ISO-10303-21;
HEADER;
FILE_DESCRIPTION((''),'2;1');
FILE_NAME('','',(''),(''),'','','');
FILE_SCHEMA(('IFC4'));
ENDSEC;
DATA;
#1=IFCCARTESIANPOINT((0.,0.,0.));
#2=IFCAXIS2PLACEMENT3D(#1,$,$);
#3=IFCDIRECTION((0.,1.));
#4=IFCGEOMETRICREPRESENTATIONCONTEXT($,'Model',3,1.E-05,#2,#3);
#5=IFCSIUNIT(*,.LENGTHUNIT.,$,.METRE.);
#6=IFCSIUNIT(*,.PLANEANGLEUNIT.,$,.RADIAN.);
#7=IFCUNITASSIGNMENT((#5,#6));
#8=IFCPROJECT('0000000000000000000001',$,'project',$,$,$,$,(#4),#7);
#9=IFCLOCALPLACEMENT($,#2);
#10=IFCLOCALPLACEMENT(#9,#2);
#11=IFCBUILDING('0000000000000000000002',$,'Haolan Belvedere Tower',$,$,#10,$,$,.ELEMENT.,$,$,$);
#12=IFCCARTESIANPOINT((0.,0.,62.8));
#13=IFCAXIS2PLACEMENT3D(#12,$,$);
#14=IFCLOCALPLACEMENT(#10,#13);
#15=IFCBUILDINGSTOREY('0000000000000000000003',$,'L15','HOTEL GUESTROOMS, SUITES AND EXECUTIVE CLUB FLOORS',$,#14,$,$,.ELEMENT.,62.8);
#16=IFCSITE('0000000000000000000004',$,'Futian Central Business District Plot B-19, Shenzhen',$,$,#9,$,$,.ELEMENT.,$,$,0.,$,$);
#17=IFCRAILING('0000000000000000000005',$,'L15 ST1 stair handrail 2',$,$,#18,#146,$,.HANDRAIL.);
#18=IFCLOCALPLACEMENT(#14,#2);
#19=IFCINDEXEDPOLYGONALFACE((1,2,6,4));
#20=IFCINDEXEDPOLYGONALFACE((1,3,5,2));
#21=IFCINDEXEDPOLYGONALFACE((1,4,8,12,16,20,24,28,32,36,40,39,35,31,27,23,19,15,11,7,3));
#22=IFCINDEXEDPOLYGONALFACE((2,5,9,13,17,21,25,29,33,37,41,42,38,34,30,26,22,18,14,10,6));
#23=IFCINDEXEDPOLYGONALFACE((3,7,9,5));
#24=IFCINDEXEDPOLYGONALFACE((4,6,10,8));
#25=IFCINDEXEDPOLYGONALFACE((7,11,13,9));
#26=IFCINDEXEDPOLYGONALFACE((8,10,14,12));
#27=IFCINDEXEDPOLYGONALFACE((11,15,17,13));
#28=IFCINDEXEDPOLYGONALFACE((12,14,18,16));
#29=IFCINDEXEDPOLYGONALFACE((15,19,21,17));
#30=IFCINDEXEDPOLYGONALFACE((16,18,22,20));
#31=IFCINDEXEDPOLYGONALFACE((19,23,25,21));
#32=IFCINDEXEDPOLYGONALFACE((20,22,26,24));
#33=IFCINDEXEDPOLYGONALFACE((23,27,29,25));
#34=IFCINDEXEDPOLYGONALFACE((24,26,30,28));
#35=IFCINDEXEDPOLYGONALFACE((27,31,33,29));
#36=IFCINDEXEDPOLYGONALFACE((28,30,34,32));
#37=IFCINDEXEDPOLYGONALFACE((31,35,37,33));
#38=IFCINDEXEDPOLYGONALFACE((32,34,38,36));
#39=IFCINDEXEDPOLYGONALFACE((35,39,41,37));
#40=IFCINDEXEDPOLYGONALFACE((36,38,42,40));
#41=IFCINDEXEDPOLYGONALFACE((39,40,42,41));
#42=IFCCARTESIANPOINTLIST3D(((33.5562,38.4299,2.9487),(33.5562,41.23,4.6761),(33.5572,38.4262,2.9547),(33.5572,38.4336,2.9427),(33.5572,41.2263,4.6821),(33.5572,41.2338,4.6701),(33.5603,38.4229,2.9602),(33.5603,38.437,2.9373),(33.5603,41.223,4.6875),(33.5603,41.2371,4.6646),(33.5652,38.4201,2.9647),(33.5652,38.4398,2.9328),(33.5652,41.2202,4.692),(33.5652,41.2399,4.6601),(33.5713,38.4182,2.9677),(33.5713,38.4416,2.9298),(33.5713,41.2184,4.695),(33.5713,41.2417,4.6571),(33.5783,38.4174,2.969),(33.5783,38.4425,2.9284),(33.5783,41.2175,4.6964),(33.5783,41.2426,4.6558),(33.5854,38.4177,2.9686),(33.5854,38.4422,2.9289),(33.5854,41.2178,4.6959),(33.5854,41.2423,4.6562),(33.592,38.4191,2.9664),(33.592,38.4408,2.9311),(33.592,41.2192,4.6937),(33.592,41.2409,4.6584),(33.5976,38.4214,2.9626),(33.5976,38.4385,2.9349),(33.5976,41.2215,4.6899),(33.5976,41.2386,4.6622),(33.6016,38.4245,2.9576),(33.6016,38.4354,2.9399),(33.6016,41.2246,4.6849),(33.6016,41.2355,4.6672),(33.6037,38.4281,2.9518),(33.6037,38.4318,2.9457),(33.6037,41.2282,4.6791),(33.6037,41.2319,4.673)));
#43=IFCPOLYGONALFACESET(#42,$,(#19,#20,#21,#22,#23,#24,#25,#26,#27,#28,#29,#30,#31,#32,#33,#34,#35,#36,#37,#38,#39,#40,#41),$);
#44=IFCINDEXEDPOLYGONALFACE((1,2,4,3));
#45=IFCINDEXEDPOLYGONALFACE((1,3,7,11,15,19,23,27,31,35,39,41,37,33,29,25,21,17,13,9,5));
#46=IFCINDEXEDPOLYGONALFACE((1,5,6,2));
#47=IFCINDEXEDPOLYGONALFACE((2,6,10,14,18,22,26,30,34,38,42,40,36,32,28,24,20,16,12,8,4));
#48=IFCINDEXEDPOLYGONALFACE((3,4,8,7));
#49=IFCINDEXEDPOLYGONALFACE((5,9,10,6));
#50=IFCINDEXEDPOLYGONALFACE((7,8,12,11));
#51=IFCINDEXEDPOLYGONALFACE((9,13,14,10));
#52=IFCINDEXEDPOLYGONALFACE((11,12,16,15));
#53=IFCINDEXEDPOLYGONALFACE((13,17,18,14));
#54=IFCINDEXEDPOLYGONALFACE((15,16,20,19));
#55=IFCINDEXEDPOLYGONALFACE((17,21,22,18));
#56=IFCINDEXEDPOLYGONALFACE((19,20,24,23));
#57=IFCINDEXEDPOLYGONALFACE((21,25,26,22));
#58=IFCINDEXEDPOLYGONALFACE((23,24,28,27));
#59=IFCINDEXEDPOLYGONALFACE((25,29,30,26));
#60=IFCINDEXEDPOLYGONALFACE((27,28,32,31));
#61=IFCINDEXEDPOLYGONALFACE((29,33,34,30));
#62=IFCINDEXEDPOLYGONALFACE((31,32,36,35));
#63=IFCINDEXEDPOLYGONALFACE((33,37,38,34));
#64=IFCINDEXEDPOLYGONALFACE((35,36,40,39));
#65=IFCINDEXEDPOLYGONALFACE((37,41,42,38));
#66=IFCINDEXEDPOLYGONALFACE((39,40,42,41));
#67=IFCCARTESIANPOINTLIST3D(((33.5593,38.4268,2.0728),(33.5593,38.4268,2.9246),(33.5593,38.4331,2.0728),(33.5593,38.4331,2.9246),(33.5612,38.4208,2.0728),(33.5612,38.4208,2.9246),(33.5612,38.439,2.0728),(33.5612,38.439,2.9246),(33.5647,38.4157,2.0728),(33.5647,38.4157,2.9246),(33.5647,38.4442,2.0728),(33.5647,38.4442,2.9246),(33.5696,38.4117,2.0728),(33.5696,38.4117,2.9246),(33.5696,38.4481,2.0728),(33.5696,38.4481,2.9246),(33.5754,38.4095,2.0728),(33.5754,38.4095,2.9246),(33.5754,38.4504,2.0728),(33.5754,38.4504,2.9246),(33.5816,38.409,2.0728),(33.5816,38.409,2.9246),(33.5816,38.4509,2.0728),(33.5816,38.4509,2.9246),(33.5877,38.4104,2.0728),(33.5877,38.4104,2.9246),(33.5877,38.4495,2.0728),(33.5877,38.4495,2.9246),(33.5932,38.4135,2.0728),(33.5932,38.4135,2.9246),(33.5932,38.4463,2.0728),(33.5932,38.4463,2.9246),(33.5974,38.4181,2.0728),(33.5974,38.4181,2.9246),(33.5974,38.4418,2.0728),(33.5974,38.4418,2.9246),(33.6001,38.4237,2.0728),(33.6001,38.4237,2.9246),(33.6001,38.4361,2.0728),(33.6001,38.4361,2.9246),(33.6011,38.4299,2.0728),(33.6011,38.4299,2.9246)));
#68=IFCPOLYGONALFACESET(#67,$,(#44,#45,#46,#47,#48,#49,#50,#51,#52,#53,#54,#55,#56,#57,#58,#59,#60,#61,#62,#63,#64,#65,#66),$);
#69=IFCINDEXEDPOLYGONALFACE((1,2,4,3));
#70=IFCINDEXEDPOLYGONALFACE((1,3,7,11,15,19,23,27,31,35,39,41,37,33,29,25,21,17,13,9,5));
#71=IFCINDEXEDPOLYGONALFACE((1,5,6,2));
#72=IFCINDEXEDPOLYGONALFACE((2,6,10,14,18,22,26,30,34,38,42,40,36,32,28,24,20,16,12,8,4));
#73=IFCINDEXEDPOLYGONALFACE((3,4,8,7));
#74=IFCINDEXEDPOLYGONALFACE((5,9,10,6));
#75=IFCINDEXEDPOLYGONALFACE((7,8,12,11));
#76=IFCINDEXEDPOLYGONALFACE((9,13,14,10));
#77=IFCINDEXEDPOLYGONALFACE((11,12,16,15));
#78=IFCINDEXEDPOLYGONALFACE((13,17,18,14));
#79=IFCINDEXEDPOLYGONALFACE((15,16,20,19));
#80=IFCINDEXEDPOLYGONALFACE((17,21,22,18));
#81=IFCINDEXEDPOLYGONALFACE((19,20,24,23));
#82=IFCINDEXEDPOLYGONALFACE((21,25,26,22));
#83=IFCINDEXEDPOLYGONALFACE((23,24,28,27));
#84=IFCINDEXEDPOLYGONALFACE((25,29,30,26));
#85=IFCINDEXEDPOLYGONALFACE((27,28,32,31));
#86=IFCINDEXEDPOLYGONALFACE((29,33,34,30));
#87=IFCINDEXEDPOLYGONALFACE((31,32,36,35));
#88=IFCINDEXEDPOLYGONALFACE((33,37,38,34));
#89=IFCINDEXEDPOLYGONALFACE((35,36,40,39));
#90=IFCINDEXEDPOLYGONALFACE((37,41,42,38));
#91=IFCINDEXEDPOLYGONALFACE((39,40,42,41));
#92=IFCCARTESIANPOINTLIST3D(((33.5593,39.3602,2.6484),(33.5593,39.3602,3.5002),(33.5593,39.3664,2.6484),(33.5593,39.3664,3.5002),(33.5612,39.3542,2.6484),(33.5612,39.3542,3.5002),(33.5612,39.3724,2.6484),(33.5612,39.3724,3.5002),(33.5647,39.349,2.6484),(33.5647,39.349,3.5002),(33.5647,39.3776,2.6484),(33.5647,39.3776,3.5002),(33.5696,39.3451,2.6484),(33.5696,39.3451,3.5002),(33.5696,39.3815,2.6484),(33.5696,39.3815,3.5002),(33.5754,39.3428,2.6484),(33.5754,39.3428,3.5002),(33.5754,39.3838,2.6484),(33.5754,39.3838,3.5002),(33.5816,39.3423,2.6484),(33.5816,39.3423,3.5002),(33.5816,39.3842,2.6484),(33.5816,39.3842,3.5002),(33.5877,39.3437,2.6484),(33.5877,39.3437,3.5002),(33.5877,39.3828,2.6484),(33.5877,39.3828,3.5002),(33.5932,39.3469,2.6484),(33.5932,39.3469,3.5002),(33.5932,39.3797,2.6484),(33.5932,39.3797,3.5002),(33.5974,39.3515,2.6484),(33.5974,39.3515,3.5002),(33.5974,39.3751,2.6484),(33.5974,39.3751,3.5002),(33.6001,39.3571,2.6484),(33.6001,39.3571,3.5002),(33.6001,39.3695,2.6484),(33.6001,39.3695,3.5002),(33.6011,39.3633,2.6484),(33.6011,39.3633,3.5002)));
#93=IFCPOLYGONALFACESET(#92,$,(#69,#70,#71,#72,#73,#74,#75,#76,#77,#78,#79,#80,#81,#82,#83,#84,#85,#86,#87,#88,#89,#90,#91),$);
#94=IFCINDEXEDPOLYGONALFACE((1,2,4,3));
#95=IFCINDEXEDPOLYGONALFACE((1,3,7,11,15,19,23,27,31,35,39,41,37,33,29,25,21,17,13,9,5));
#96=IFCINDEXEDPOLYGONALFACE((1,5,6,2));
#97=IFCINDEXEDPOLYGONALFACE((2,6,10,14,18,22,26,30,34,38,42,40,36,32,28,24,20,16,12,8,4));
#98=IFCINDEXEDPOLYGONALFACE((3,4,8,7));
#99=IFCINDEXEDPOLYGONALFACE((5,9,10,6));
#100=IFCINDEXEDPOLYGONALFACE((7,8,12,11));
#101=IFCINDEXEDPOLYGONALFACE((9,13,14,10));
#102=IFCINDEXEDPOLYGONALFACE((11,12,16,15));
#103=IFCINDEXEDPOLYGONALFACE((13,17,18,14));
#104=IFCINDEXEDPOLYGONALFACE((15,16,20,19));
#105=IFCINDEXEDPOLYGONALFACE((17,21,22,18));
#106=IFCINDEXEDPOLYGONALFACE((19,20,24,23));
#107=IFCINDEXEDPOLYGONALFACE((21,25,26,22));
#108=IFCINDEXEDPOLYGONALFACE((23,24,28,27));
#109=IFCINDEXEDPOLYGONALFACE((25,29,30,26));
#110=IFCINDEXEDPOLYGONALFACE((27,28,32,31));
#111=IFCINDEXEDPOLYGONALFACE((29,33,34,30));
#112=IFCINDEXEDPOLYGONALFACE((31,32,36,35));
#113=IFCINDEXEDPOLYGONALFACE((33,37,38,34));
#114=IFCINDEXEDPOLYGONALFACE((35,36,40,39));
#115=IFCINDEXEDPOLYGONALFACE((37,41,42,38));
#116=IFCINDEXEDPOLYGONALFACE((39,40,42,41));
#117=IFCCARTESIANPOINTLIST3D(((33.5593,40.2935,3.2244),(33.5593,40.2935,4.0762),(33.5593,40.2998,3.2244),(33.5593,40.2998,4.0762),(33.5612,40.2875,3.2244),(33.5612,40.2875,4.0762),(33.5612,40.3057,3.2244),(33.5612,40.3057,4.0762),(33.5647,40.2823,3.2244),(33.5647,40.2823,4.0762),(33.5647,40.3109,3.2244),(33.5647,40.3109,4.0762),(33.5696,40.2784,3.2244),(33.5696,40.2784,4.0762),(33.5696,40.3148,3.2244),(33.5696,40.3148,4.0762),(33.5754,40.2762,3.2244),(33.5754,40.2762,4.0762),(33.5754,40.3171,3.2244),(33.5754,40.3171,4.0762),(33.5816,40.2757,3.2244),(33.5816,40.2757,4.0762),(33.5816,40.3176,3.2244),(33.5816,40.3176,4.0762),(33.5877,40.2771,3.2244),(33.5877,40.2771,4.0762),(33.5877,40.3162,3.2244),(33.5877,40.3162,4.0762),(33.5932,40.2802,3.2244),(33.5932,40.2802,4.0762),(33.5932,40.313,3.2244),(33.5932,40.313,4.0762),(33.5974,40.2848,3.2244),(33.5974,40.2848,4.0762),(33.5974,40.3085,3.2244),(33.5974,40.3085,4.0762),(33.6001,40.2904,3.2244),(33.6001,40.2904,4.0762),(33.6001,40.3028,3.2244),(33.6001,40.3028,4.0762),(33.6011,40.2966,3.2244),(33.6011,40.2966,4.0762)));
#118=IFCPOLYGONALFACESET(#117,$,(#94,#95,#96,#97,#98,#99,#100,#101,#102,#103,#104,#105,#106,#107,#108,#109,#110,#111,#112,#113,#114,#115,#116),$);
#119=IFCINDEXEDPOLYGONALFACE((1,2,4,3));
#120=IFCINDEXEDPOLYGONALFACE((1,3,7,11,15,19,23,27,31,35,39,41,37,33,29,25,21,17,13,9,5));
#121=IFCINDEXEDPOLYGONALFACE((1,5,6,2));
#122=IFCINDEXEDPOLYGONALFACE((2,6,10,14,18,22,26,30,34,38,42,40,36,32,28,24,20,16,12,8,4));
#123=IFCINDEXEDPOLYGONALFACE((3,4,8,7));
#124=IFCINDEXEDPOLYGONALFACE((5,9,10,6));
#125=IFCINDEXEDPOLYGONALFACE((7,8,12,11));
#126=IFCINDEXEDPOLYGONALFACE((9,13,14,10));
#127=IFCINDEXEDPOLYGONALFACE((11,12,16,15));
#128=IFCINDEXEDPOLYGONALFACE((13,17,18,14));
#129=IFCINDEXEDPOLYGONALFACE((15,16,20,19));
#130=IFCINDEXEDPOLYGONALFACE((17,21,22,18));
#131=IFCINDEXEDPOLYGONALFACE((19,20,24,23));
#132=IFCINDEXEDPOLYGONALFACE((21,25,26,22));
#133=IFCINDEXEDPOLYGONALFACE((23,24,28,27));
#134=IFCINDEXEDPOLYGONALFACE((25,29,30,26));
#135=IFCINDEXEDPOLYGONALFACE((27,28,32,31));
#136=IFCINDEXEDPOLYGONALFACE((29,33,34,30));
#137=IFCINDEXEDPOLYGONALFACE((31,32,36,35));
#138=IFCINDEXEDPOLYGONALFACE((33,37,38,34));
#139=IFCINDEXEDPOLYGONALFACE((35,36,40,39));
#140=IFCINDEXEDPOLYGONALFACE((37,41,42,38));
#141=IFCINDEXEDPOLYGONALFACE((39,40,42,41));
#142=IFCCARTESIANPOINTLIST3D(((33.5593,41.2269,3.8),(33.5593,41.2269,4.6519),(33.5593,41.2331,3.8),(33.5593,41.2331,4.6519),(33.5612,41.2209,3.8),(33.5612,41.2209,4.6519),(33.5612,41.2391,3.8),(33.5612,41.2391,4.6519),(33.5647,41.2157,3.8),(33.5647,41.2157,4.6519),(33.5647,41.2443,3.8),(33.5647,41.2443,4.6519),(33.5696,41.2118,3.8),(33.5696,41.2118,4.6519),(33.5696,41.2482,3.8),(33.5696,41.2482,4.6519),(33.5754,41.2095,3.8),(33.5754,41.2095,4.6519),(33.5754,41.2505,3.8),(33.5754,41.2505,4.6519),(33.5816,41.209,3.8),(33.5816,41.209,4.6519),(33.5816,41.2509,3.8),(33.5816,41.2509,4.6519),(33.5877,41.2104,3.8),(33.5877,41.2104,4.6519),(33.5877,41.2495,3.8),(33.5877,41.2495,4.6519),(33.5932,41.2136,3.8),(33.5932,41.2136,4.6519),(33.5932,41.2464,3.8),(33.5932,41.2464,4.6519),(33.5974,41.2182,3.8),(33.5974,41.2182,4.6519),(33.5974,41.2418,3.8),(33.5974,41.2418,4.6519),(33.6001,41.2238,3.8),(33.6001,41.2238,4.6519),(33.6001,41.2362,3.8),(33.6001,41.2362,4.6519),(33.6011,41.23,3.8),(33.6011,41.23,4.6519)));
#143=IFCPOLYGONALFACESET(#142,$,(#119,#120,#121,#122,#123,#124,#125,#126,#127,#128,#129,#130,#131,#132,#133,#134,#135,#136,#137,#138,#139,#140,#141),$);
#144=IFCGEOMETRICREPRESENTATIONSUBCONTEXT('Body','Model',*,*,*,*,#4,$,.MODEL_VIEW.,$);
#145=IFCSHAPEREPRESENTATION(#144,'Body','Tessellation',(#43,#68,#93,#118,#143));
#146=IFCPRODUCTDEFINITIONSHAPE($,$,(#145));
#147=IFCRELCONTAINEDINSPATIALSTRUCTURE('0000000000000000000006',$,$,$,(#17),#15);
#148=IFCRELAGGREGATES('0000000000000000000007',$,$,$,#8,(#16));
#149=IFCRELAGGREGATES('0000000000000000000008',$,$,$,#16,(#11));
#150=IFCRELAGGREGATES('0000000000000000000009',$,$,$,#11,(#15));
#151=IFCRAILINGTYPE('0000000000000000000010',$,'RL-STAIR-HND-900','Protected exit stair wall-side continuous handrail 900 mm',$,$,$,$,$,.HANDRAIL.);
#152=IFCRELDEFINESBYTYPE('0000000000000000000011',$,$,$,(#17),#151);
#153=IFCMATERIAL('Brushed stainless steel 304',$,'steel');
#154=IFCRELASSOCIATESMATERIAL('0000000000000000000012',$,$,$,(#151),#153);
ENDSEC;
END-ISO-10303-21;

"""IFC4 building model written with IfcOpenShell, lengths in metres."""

from ifc_helpers import new_model, si_unit, direction, frame, origin, origin_2d, place, context, subcontext, project, spatial, circle, extrude, material, type_object, element, save


model = new_model("IFC4")

# Units and contexts
model_context = context("Model", 3, precision=1e-05, world=origin(), true_north=direction((0.0, 1.0)))
body_context = subcontext(model_context, "Body", "Model", "MODEL_VIEW")
ifc_project = project(units=[si_unit("LENGTHUNIT", "METRE"), si_unit("PLANEANGLEUNIT", "RADIAN")], contexts=[model_context])

# Site, building, storey
site_placement = place(None, origin())
site = spatial("IfcSite", under=ifc_project, at=site_placement, Name="Futian Central Business District Plot B-19, Shenzhen", CompositionType="ELEMENT", RefElevation=0.0)
building_placement = place(site_placement, origin())
building = spatial("IfcBuilding", under=site, at=building_placement, Name="Haolan Belvedere Tower", CompositionType="ELEMENT")
storey_placement = place(building_placement, frame((0.0, 0.0, 62.8)))
storey = spatial("IfcBuildingStorey", under=building, at=storey_placement, Name="L15", Description="HOTEL GUESTROOMS, SUITES AND EXECUTIVE CLUB FLOORS", CompositionType="ELEMENT", Elevation=62.8)

# Railing
ifc_material_1 = material(Name="Brushed stainless steel 304", Category="steel")
railing_type_1 = type_object("IfcRailingType", Name="RL-STAIR-HND-900", Description="Protected exit stair wall-side continuous handrail 900 mm", PredefinedType="HANDRAIL", material=ifc_material_1)
railing_1_placement = place(storey_placement, frame((33.5801, 38.4299, 2.0728)))
element("IfcRailing", 1, at=railing_1_placement, inside=storey, type_object=railing_type_1, Name="L15 ST1 stair handrail 2", PredefinedType="HANDRAIL", context=body_context, shape_type="SweptSolid", body=[
    extrude(circle(Radius=0.0239, at=origin_2d()), frame((0.0, 0.0, 0.876), z_axis=(0.0, 0.85109, 0.52502), x_axis=(-1.0, 0.0, 0.0)), (0.0, 0.0, 1.0), 3.29),
    extrude(circle(Radius=0.021, at=origin_2d()), origin(), (0.0, 0.0, 1.0), 0.8518),
    extrude(circle(Radius=0.021, at=origin_2d()), frame((0.0, 0.9333, 0.5757)), (0.0, 0.0, 1.0), 0.8518),
    extrude(circle(Radius=0.021, at=origin_2d()), frame((0.0, 1.8667, 1.1516)), (0.0, 0.0, 1.0), 0.8518),
    extrude(circle(Radius=0.021, at=origin_2d()), frame((0.0, 2.8, 1.7273)), (0.0, 0.0, 1.0), 0.8518),
])

save(model, "model.ifc")
